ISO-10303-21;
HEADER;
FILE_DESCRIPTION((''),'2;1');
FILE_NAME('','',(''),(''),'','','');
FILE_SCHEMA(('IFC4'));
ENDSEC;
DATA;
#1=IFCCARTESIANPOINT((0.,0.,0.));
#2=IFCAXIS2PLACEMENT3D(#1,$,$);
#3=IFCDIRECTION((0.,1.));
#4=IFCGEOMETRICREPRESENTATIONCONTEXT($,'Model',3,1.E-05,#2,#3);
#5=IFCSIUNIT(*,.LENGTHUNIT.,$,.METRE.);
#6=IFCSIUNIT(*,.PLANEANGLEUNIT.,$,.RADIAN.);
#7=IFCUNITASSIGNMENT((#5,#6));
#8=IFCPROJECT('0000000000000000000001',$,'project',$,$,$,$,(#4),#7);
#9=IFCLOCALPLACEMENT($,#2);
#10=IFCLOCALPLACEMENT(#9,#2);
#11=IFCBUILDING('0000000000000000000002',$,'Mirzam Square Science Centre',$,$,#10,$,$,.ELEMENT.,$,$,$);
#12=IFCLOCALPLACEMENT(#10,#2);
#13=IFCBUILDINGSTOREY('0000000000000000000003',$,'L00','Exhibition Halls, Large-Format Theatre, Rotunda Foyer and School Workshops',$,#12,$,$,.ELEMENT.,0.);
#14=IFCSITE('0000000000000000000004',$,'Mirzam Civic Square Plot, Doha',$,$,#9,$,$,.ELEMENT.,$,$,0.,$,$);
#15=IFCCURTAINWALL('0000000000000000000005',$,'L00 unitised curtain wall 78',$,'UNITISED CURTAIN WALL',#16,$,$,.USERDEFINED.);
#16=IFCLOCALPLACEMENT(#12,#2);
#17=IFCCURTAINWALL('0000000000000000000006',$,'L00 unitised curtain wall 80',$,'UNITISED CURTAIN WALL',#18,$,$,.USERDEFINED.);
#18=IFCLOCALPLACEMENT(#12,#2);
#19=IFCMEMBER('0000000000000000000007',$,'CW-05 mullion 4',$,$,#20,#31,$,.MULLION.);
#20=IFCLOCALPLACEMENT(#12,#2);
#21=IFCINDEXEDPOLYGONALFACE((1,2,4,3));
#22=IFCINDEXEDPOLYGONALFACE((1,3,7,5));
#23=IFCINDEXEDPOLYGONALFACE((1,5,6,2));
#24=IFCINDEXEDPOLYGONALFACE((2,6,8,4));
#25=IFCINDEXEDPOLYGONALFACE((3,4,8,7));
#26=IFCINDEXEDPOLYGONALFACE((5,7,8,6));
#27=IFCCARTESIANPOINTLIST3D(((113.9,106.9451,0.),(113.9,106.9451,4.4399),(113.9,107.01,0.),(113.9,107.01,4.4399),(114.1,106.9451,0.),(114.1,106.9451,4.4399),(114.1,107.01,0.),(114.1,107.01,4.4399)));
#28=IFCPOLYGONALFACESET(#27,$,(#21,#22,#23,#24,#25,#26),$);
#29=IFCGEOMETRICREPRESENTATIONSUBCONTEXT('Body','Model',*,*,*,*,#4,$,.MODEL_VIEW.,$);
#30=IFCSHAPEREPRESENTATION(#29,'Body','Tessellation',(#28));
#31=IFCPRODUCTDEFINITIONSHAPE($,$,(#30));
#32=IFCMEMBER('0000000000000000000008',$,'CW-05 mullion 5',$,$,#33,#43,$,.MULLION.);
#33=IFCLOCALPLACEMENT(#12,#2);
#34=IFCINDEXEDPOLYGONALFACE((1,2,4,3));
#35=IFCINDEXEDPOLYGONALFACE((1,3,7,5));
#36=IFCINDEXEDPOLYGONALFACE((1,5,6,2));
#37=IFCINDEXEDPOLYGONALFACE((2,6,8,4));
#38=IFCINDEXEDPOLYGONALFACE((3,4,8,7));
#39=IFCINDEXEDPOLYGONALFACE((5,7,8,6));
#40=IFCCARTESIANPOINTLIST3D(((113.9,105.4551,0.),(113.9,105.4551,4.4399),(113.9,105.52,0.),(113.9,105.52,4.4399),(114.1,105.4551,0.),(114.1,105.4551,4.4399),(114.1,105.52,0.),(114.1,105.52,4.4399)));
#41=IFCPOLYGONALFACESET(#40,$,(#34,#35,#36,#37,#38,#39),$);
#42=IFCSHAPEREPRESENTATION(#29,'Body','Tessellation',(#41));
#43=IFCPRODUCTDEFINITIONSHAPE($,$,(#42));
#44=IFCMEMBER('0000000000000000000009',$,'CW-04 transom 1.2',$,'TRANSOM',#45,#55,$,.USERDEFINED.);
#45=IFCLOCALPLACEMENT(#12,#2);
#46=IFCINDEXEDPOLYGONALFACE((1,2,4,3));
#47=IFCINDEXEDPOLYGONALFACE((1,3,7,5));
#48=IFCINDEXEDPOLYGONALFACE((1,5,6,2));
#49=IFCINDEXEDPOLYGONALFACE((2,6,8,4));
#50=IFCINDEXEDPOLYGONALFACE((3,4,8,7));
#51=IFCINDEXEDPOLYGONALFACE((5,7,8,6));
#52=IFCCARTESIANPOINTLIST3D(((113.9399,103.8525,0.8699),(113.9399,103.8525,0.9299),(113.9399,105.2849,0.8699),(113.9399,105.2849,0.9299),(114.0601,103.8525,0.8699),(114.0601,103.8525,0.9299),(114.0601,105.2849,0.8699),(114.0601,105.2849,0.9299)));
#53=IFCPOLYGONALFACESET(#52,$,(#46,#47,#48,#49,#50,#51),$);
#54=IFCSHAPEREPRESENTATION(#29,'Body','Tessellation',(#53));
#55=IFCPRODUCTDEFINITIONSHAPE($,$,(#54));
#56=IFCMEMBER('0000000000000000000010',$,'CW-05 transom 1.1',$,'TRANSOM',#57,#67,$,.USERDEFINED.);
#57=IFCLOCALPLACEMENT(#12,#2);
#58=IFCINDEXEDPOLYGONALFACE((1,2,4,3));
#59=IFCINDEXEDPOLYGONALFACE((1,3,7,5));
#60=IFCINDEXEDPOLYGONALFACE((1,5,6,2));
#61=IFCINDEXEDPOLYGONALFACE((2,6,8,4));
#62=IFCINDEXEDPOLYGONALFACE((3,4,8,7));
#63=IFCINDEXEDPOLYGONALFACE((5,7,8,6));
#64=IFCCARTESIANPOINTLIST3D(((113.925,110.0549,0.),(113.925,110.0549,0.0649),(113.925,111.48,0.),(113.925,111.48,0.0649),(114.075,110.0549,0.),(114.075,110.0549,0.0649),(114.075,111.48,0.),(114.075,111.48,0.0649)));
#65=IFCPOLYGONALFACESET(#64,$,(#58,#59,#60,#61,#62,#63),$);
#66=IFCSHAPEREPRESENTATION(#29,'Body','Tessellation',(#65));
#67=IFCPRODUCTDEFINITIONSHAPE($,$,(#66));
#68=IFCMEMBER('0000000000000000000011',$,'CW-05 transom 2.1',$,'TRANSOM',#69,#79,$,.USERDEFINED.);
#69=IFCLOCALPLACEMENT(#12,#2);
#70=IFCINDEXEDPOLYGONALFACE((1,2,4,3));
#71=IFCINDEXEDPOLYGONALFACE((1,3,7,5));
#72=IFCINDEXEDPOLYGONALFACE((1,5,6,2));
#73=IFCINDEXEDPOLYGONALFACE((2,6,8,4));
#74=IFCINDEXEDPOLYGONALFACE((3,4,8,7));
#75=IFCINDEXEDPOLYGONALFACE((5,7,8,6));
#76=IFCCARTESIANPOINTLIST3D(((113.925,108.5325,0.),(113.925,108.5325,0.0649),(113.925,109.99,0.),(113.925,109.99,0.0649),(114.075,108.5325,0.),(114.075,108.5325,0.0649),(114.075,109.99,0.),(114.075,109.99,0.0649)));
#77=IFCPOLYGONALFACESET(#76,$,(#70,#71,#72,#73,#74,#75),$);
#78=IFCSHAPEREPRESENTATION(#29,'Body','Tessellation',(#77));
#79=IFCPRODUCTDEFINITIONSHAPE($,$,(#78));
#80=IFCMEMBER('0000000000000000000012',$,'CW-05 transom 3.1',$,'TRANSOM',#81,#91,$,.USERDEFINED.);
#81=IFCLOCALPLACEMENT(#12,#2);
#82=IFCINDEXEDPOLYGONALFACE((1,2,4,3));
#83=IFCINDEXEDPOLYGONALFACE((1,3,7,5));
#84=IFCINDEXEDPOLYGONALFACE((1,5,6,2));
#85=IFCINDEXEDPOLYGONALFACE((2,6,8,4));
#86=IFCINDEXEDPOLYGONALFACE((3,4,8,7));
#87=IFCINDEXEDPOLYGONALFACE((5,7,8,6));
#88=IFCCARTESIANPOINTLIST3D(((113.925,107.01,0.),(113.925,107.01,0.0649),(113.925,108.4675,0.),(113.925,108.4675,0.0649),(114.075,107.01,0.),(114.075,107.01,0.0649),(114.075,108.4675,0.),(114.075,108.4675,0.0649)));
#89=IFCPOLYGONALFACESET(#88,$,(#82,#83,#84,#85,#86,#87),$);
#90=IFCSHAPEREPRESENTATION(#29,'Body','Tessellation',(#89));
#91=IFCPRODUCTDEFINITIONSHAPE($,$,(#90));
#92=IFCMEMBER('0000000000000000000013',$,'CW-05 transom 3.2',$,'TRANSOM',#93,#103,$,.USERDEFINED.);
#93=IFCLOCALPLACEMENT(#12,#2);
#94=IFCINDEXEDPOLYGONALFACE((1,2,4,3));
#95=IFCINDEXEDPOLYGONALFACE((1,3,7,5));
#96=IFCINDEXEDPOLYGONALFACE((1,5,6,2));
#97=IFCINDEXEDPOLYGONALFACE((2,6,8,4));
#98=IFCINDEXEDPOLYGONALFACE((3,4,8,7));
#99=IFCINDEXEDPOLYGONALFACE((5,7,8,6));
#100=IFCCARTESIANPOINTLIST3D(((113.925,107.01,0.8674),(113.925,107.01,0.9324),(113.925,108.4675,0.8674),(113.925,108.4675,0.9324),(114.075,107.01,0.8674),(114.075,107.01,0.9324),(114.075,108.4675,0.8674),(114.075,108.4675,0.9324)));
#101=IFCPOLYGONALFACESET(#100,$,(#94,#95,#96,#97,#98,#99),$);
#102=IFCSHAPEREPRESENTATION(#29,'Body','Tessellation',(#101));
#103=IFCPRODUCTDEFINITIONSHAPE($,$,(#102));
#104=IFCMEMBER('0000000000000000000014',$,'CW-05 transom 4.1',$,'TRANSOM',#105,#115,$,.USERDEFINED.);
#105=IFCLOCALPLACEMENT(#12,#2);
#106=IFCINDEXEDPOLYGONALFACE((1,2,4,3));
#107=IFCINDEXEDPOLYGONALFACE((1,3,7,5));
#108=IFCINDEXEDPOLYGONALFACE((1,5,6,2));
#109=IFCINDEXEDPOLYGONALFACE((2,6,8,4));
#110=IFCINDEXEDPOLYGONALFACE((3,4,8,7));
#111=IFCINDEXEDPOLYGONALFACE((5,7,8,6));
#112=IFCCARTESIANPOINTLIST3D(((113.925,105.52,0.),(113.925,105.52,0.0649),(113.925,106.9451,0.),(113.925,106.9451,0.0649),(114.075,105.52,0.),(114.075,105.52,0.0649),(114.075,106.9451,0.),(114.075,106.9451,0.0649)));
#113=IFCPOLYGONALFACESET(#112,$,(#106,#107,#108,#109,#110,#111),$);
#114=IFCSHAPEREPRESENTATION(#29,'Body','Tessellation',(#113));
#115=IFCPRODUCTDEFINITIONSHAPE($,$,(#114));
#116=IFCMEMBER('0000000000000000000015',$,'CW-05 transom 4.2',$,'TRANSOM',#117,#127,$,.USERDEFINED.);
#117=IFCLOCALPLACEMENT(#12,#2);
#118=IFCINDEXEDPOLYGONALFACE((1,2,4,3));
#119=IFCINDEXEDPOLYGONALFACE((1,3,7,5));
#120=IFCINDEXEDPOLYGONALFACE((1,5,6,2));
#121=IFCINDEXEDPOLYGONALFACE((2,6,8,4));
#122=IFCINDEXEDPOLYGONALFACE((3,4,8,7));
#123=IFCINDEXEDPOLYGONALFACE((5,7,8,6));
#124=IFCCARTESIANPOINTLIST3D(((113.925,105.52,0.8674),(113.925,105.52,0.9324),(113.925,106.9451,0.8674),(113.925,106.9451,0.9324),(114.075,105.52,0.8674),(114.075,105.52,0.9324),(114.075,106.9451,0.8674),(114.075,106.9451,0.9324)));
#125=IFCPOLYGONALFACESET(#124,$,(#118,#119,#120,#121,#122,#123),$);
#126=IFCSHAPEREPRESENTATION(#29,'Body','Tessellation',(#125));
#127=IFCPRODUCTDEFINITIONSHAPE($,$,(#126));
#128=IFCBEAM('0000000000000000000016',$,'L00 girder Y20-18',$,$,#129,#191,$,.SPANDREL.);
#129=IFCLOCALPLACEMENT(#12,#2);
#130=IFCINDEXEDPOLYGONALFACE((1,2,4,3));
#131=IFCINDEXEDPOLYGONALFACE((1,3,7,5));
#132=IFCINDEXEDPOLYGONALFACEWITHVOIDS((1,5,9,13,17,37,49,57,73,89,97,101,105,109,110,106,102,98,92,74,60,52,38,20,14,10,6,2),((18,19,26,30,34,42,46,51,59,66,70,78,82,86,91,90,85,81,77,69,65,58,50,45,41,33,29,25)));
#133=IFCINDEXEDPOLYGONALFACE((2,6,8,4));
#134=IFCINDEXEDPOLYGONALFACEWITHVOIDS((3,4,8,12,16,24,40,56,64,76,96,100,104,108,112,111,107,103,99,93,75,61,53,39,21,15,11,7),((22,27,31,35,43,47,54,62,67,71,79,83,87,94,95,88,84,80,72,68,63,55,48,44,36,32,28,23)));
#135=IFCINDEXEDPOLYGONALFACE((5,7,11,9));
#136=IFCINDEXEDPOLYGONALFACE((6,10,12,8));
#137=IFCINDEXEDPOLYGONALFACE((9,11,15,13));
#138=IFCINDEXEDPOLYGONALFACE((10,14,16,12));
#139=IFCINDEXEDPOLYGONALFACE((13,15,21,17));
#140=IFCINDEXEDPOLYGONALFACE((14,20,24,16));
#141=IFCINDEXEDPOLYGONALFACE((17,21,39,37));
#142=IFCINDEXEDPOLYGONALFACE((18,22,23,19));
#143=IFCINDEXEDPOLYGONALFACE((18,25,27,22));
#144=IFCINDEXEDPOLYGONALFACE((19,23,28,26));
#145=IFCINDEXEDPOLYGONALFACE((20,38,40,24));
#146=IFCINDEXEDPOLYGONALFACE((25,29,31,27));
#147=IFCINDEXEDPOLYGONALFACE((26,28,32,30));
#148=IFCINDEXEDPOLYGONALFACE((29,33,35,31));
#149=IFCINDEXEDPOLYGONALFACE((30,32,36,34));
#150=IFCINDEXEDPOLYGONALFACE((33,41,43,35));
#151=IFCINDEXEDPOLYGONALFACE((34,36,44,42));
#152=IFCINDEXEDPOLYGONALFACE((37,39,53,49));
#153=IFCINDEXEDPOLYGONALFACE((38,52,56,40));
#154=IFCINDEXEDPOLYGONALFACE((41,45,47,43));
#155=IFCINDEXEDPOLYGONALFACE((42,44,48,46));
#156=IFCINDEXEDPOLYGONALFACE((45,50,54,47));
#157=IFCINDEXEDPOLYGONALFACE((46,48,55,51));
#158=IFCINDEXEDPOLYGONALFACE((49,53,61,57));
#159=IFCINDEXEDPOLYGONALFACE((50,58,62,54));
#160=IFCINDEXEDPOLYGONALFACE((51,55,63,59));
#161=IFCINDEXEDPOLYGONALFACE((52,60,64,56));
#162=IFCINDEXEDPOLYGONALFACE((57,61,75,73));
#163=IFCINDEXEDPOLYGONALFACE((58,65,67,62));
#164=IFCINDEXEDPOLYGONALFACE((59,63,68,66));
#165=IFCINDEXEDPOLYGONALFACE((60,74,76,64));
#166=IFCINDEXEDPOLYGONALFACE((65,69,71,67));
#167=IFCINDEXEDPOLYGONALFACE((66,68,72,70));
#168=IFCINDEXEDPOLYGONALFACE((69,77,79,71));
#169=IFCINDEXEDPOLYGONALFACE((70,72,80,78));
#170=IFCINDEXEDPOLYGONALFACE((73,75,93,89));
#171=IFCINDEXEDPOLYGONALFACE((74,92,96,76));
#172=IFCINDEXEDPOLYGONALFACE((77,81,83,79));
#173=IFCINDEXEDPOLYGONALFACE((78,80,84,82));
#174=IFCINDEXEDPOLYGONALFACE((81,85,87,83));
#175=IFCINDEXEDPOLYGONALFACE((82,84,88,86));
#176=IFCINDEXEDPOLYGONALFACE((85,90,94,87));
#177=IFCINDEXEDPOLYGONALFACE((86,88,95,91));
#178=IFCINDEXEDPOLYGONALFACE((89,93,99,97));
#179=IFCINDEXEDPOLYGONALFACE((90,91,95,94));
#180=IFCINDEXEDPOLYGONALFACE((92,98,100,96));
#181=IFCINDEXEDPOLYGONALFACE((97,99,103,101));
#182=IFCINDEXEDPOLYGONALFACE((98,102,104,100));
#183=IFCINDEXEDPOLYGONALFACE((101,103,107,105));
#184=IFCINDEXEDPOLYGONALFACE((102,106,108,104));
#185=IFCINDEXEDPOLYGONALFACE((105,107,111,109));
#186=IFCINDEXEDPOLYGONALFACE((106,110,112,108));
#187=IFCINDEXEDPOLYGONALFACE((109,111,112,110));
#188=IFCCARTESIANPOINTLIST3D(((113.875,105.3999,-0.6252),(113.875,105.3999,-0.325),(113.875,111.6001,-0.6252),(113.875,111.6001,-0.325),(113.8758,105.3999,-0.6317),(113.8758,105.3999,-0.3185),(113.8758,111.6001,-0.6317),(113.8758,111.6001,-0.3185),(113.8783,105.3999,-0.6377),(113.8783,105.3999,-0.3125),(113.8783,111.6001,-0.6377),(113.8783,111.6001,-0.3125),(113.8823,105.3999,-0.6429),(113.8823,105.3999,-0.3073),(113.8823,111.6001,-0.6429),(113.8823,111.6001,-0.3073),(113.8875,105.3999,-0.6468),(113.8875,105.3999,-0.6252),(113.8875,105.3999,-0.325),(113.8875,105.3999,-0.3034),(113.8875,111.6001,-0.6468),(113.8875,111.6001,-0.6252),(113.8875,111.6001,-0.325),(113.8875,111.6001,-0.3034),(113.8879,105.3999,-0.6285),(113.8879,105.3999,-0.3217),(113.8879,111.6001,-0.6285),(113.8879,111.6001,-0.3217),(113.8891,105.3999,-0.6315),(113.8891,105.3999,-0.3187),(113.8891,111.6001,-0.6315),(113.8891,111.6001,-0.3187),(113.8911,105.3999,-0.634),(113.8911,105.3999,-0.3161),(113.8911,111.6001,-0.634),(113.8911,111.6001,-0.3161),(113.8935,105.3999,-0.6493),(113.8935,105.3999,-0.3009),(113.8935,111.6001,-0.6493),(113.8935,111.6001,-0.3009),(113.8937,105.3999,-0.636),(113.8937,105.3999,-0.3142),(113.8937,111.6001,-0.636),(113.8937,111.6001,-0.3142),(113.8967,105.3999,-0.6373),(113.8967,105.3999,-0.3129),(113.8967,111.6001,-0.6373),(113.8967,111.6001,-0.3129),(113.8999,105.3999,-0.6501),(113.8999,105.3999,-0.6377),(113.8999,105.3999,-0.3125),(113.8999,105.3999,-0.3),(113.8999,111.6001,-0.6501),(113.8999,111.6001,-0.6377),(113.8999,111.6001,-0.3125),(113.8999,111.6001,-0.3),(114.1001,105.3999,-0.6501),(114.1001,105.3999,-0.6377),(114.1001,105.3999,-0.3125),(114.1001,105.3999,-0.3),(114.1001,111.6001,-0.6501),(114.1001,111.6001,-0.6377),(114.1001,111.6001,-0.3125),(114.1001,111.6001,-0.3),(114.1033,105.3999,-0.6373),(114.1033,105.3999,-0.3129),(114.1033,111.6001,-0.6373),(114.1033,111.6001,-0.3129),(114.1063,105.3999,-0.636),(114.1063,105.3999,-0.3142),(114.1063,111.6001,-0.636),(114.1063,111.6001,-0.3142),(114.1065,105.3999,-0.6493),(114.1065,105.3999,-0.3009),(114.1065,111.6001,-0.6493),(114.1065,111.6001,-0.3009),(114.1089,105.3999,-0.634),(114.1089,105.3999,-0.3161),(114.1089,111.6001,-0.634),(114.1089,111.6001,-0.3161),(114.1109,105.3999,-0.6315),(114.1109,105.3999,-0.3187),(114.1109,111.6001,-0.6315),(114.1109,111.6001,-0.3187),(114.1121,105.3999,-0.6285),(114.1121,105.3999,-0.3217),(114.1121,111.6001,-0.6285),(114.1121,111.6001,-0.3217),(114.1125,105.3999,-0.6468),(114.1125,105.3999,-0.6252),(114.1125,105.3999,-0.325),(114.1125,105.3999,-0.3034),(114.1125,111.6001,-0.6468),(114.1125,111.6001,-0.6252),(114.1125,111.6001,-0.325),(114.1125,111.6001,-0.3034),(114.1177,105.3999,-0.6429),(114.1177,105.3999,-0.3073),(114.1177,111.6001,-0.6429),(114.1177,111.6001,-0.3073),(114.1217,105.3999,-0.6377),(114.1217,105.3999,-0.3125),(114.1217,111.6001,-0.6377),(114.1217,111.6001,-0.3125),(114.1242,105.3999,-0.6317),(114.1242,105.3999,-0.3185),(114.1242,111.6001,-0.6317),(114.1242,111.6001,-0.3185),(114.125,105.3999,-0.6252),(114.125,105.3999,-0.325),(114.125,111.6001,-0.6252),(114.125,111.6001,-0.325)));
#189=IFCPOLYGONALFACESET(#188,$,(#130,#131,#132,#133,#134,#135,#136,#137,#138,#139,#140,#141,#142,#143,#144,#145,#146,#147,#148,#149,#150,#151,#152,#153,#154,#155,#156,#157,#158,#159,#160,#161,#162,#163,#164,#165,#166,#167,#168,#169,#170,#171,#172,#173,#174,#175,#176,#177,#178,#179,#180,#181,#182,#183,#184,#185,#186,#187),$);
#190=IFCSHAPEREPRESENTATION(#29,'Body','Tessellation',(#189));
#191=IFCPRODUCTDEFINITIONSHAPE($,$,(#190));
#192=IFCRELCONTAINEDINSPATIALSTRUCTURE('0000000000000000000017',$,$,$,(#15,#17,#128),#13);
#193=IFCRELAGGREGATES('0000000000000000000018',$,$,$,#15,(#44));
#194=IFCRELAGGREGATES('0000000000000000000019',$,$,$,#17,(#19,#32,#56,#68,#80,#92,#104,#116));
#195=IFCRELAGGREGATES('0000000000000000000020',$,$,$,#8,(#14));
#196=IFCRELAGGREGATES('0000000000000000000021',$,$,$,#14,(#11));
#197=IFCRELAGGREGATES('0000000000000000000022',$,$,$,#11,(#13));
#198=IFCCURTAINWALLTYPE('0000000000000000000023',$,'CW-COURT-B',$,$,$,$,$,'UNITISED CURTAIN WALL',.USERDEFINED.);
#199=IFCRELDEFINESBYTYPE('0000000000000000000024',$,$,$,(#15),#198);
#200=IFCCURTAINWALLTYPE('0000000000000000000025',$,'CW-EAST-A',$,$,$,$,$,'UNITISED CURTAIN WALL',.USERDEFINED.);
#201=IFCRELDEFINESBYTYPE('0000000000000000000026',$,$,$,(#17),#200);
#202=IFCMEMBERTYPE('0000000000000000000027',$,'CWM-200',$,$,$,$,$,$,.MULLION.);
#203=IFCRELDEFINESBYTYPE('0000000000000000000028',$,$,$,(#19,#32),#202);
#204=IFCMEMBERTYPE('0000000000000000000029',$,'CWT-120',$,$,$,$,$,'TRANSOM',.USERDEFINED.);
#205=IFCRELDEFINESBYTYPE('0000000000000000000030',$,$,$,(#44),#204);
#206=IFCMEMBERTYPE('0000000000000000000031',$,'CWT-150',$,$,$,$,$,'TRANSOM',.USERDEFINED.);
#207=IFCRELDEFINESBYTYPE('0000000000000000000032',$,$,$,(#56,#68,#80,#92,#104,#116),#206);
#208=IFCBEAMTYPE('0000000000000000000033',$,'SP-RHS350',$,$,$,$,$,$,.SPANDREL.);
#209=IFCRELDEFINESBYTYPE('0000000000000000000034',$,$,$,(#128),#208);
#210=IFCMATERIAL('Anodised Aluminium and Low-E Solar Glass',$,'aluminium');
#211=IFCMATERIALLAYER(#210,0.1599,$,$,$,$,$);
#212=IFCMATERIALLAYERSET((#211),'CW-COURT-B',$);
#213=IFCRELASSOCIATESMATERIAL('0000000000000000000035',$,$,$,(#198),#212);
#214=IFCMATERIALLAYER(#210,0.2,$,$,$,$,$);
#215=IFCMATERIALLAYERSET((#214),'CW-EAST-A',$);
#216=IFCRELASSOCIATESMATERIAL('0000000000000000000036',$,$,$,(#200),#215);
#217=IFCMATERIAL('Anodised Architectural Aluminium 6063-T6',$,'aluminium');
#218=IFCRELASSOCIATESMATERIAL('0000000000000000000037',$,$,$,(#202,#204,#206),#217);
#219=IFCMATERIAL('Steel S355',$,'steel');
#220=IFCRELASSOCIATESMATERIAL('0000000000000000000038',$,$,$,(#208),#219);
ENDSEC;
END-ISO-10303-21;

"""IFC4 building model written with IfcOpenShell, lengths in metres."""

from ifc_helpers import new_model, si_unit, direction, frame, origin, origin_2d, place, context, subcontext, project, spatial, rectangle, hollow_rectangle, extrude, material, layer, layer_set, material_profile, profile_set, type_object, element, aggregate, save


model = new_model("IFC4")

# Units and contexts
model_context = context("Model", 3, precision=1e-05, world=origin(), true_north=direction((0.0, 1.0)))
body_context = subcontext(model_context, "Body", "Model", "MODEL_VIEW")
ifc_project = project(units=[si_unit("LENGTHUNIT", "METRE"), si_unit("PLANEANGLEUNIT", "RADIAN")], contexts=[model_context])

# Site, building, storey
site_placement = place(None, origin())
site = spatial("IfcSite", under=ifc_project, at=site_placement, Name="Mirzam Civic Square Plot, Doha", CompositionType="ELEMENT", RefElevation=0.0)
building_placement = place(site_placement, origin())
building = spatial("IfcBuilding", under=site, at=building_placement, Name="Mirzam Square Science Centre", CompositionType="ELEMENT")
storey_placement = place(building_placement, origin())
storey = spatial("IfcBuildingStorey", under=building, at=storey_placement, Name="L00", Description="Exhibition Halls, Large-Format Theatre, Rotunda Foyer and School Workshops", CompositionType="ELEMENT", Elevation=0.0)

# Shared definitions
ifc_material_1 = material(Name="Steel S355", Category="steel")

# Curtain wall
ifc_material_2 = material(Name="Anodised Aluminium and Low-E Solar Glass", Category="aluminium")
ifc_layer_1 = layer(ifc_material_2, 0.1599)
ifc_layer_set_1 = layer_set([ifc_layer_1], Name="CW-COURT-B")
curtain_wall_type_1 = type_object("IfcCurtainWallType", Name="CW-COURT-B", ElementType="UNITISED CURTAIN WALL", PredefinedType="USERDEFINED", material=ifc_layer_set_1)
curtain_wall_1_placement = place(storey_placement, origin())
curtain_wall_1 = element("IfcCurtainWall", 1, at=curtain_wall_1_placement, inside=storey, type_object=curtain_wall_type_1, Name="L00 unitised curtain wall 78", ObjectType="UNITISED CURTAIN WALL", PredefinedType="USERDEFINED")
ifc_material_3 = material(Name="Anodised Architectural Aluminium 6063-T6", Category="aluminium")

# Curtain wall, members
ifc_layer_2 = layer(ifc_material_2, 0.2)
ifc_layer_set_2 = layer_set([ifc_layer_2], Name="CW-EAST-A")
curtain_wall_type_2 = type_object("IfcCurtainWallType", Name="CW-EAST-A", ElementType="UNITISED CURTAIN WALL", PredefinedType="USERDEFINED", material=ifc_layer_set_2)
curtain_wall_2_placement = place(storey_placement, origin())
curtain_wall_2 = element("IfcCurtainWall", 2, at=curtain_wall_2_placement, inside=storey, type_object=curtain_wall_type_2, Name="L00 unitised curtain wall 80", ObjectType="UNITISED CURTAIN WALL", PredefinedType="USERDEFINED")
ifc_material_profile_1 = material_profile(ifc_material_3, rectangle(XDim=0.0649, YDim=0.2, at=origin_2d()), Name="ALU-MULL-200x65x5")
ifc_profile_set_1 = profile_set([ifc_material_profile_1], Name="Anodised Architectural Aluminium 6063-T6")
member_type_1 = type_object("IfcMemberType", Name="CWM-200", PredefinedType="MULLION", material=ifc_profile_set_1)
member_1_placement = place(storey_placement, frame((114.0, 106.9775, 0.0), z_axis=(0.0, 0.0, 1.0), x_axis=(0.0, -1.0, 0.0)))
member_1 = element("IfcMember", 3, at=member_1_placement, type_object=member_type_1, Name="CW-05 mullion 4", PredefinedType="MULLION", context=body_context, shape_type="SweptSolid", body=[
    extrude(rectangle(XDim=0.0649, YDim=0.2, at=origin_2d()), origin(), (0.0, 0.0, 1.0), 4.4399),
])
member_2_placement = place(storey_placement, frame((114.0, 105.4875, 0.0), z_axis=(0.0, 0.0, 1.0), x_axis=(0.0, -1.0, 0.0)))
member_2 = element("IfcMember", 4, at=member_2_placement, type_object=member_type_1, Name="CW-05 mullion 5", PredefinedType="MULLION", context=body_context, shape_type="SweptSolid", body=[
    extrude(rectangle(XDim=0.0649, YDim=0.2, at=origin_2d()), origin(), (0.0, 0.0, 1.0), 4.4399),
])

# Members
ifc_material_profile_2 = material_profile(ifc_material_3, rectangle(XDim=0.1201, YDim=0.0601, at=origin_2d()), Name="ALU-TRAN-120x60x4")
ifc_profile_set_2 = profile_set([ifc_material_profile_2], Name="Anodised Architectural Aluminium 6063-T6")
member_type_2 = type_object("IfcMemberType", Name="CWT-120", ElementType="TRANSOM", PredefinedType="USERDEFINED", material=ifc_profile_set_2)
member_3_placement = place(storey_placement, frame((114.0, 105.2849, 0.8999), z_axis=(0.0, -1.0, 0.0), x_axis=(1.0, 0.0, 0.0)))
member_3 = element("IfcMember", 5, at=member_3_placement, type_object=member_type_2, Name="CW-04 transom 1.2", ObjectType="TRANSOM", PredefinedType="USERDEFINED", context=body_context, shape_type="SweptSolid", body=[
    extrude(rectangle(XDim=0.1201, YDim=0.0601, at=origin_2d()), origin(), (0.0, 0.0, 1.0), 1.4324),
])
aggregate(curtain_wall_1, [member_3])
ifc_material_profile_3 = material_profile(ifc_material_3, rectangle(XDim=0.1499, YDim=0.0649, at=origin_2d()), Name="ALU-TRAN-150x65x4")
ifc_profile_set_3 = profile_set([ifc_material_profile_3], Name="Anodised Architectural Aluminium 6063-T6")
member_type_3 = type_object("IfcMemberType", Name="CWT-150", ElementType="TRANSOM", PredefinedType="USERDEFINED", material=ifc_profile_set_3)
member_4_placement = place(storey_placement, frame((114.0, 111.48, 0.0325), z_axis=(0.0, -1.0, 0.0), x_axis=(1.0, 0.0, 0.0)))
member_4 = element("IfcMember", 6, at=member_4_placement, type_object=member_type_3, Name="CW-05 transom 1.1", ObjectType="TRANSOM", PredefinedType="USERDEFINED", context=body_context, shape_type="SweptSolid", body=[
    extrude(rectangle(XDim=0.1499, YDim=0.0649, at=origin_2d()), origin(), (0.0, 0.0, 1.0), 1.425),
])
member_5_placement = place(storey_placement, frame((114.0, 109.99, 0.0325), z_axis=(0.0, -1.0, 0.0), x_axis=(1.0, 0.0, 0.0)))
member_5 = element("IfcMember", 7, at=member_5_placement, type_object=member_type_3, Name="CW-05 transom 2.1", ObjectType="TRANSOM", PredefinedType="USERDEFINED", context=body_context, shape_type="SweptSolid", body=[
    extrude(rectangle(XDim=0.1499, YDim=0.0649, at=origin_2d()), origin(), (0.0, 0.0, 1.0), 1.4575),
])
member_6_placement = place(storey_placement, frame((114.0, 108.4675, 0.0325), z_axis=(0.0, -1.0, 0.0), x_axis=(1.0, 0.0, 0.0)))
member_6 = element("IfcMember", 8, at=member_6_placement, type_object=member_type_3, Name="CW-05 transom 3.1", ObjectType="TRANSOM", PredefinedType="USERDEFINED", context=body_context, shape_type="SweptSolid", body=[
    extrude(rectangle(XDim=0.1499, YDim=0.0649, at=origin_2d()), origin(), (0.0, 0.0, 1.0), 1.4575),
])
member_7_placement = place(storey_placement, frame((114.0, 108.4675, 0.8999), z_axis=(0.0, -1.0, 0.0), x_axis=(1.0, 0.0, 0.0)))
member_7 = element("IfcMember", 9, at=member_7_placement, type_object=member_type_3, Name="CW-05 transom 3.2", ObjectType="TRANSOM", PredefinedType="USERDEFINED", context=body_context, shape_type="SweptSolid", body=[
    extrude(rectangle(XDim=0.1499, YDim=0.0649, at=origin_2d()), origin(), (0.0, 0.0, 1.0), 1.4575),
])
member_8_placement = place(storey_placement, frame((114.0, 106.9451, 0.0325), z_axis=(0.0, -1.0, 0.0), x_axis=(1.0, 0.0, 0.0)))
member_8 = element("IfcMember", 10, at=member_8_placement, type_object=member_type_3, Name="CW-05 transom 4.1", ObjectType="TRANSOM", PredefinedType="USERDEFINED", context=body_context, shape_type="SweptSolid", body=[
    extrude(rectangle(XDim=0.1499, YDim=0.0649, at=origin_2d()), origin(), (0.0, 0.0, 1.0), 1.425),
])
member_9_placement = place(storey_placement, frame((114.0, 106.9451, 0.8999), z_axis=(0.0, -1.0, 0.0), x_axis=(1.0, 0.0, 0.0)))
member_9 = element("IfcMember", 11, at=member_9_placement, type_object=member_type_3, Name="CW-05 transom 4.2", ObjectType="TRANSOM", PredefinedType="USERDEFINED", context=body_context, shape_type="SweptSolid", body=[
    extrude(rectangle(XDim=0.1499, YDim=0.0649, at=origin_2d()), origin(), (0.0, 0.0, 1.0), 1.425),
])

# Beam
ifc_material_profile_4 = material_profile(ifc_material_1, hollow_rectangle(XDim=0.25, YDim=0.3501, WallThickness=0.0125, InnerFilletRadius=0.0125, OuterFilletRadius=0.0249, at=origin_2d()), Name="350x250x12.5RHS")
ifc_profile_set_4 = profile_set([ifc_material_profile_4], Name="Steel S355")
beam_type_1 = type_object("IfcBeamType", Name="SP-RHS350", PredefinedType="SPANDREL", material=ifc_profile_set_4)
beam_1_placement = place(storey_placement, frame((114.0, 105.3999, -0.4751), z_axis=(0.0, 1.0, 0.0), x_axis=(-1.0, 0.0, 0.0)))
element("IfcBeam", 12, at=beam_1_placement, inside=storey, type_object=beam_type_1, Name="L00 girder Y20-18", PredefinedType="SPANDREL", context=body_context, shape_type="SweptSolid", body=[
    extrude(hollow_rectangle(XDim=0.25, YDim=0.3501, WallThickness=0.0125, InnerFilletRadius=0.0125, OuterFilletRadius=0.0249, at=origin_2d()), origin(), (0.0, 0.0, 1.0), 6.2002),
])

aggregate(curtain_wall_2, [member_1, member_2, member_4, member_5, member_6, member_7, member_8, member_9])

save(model, "model.ifc")
